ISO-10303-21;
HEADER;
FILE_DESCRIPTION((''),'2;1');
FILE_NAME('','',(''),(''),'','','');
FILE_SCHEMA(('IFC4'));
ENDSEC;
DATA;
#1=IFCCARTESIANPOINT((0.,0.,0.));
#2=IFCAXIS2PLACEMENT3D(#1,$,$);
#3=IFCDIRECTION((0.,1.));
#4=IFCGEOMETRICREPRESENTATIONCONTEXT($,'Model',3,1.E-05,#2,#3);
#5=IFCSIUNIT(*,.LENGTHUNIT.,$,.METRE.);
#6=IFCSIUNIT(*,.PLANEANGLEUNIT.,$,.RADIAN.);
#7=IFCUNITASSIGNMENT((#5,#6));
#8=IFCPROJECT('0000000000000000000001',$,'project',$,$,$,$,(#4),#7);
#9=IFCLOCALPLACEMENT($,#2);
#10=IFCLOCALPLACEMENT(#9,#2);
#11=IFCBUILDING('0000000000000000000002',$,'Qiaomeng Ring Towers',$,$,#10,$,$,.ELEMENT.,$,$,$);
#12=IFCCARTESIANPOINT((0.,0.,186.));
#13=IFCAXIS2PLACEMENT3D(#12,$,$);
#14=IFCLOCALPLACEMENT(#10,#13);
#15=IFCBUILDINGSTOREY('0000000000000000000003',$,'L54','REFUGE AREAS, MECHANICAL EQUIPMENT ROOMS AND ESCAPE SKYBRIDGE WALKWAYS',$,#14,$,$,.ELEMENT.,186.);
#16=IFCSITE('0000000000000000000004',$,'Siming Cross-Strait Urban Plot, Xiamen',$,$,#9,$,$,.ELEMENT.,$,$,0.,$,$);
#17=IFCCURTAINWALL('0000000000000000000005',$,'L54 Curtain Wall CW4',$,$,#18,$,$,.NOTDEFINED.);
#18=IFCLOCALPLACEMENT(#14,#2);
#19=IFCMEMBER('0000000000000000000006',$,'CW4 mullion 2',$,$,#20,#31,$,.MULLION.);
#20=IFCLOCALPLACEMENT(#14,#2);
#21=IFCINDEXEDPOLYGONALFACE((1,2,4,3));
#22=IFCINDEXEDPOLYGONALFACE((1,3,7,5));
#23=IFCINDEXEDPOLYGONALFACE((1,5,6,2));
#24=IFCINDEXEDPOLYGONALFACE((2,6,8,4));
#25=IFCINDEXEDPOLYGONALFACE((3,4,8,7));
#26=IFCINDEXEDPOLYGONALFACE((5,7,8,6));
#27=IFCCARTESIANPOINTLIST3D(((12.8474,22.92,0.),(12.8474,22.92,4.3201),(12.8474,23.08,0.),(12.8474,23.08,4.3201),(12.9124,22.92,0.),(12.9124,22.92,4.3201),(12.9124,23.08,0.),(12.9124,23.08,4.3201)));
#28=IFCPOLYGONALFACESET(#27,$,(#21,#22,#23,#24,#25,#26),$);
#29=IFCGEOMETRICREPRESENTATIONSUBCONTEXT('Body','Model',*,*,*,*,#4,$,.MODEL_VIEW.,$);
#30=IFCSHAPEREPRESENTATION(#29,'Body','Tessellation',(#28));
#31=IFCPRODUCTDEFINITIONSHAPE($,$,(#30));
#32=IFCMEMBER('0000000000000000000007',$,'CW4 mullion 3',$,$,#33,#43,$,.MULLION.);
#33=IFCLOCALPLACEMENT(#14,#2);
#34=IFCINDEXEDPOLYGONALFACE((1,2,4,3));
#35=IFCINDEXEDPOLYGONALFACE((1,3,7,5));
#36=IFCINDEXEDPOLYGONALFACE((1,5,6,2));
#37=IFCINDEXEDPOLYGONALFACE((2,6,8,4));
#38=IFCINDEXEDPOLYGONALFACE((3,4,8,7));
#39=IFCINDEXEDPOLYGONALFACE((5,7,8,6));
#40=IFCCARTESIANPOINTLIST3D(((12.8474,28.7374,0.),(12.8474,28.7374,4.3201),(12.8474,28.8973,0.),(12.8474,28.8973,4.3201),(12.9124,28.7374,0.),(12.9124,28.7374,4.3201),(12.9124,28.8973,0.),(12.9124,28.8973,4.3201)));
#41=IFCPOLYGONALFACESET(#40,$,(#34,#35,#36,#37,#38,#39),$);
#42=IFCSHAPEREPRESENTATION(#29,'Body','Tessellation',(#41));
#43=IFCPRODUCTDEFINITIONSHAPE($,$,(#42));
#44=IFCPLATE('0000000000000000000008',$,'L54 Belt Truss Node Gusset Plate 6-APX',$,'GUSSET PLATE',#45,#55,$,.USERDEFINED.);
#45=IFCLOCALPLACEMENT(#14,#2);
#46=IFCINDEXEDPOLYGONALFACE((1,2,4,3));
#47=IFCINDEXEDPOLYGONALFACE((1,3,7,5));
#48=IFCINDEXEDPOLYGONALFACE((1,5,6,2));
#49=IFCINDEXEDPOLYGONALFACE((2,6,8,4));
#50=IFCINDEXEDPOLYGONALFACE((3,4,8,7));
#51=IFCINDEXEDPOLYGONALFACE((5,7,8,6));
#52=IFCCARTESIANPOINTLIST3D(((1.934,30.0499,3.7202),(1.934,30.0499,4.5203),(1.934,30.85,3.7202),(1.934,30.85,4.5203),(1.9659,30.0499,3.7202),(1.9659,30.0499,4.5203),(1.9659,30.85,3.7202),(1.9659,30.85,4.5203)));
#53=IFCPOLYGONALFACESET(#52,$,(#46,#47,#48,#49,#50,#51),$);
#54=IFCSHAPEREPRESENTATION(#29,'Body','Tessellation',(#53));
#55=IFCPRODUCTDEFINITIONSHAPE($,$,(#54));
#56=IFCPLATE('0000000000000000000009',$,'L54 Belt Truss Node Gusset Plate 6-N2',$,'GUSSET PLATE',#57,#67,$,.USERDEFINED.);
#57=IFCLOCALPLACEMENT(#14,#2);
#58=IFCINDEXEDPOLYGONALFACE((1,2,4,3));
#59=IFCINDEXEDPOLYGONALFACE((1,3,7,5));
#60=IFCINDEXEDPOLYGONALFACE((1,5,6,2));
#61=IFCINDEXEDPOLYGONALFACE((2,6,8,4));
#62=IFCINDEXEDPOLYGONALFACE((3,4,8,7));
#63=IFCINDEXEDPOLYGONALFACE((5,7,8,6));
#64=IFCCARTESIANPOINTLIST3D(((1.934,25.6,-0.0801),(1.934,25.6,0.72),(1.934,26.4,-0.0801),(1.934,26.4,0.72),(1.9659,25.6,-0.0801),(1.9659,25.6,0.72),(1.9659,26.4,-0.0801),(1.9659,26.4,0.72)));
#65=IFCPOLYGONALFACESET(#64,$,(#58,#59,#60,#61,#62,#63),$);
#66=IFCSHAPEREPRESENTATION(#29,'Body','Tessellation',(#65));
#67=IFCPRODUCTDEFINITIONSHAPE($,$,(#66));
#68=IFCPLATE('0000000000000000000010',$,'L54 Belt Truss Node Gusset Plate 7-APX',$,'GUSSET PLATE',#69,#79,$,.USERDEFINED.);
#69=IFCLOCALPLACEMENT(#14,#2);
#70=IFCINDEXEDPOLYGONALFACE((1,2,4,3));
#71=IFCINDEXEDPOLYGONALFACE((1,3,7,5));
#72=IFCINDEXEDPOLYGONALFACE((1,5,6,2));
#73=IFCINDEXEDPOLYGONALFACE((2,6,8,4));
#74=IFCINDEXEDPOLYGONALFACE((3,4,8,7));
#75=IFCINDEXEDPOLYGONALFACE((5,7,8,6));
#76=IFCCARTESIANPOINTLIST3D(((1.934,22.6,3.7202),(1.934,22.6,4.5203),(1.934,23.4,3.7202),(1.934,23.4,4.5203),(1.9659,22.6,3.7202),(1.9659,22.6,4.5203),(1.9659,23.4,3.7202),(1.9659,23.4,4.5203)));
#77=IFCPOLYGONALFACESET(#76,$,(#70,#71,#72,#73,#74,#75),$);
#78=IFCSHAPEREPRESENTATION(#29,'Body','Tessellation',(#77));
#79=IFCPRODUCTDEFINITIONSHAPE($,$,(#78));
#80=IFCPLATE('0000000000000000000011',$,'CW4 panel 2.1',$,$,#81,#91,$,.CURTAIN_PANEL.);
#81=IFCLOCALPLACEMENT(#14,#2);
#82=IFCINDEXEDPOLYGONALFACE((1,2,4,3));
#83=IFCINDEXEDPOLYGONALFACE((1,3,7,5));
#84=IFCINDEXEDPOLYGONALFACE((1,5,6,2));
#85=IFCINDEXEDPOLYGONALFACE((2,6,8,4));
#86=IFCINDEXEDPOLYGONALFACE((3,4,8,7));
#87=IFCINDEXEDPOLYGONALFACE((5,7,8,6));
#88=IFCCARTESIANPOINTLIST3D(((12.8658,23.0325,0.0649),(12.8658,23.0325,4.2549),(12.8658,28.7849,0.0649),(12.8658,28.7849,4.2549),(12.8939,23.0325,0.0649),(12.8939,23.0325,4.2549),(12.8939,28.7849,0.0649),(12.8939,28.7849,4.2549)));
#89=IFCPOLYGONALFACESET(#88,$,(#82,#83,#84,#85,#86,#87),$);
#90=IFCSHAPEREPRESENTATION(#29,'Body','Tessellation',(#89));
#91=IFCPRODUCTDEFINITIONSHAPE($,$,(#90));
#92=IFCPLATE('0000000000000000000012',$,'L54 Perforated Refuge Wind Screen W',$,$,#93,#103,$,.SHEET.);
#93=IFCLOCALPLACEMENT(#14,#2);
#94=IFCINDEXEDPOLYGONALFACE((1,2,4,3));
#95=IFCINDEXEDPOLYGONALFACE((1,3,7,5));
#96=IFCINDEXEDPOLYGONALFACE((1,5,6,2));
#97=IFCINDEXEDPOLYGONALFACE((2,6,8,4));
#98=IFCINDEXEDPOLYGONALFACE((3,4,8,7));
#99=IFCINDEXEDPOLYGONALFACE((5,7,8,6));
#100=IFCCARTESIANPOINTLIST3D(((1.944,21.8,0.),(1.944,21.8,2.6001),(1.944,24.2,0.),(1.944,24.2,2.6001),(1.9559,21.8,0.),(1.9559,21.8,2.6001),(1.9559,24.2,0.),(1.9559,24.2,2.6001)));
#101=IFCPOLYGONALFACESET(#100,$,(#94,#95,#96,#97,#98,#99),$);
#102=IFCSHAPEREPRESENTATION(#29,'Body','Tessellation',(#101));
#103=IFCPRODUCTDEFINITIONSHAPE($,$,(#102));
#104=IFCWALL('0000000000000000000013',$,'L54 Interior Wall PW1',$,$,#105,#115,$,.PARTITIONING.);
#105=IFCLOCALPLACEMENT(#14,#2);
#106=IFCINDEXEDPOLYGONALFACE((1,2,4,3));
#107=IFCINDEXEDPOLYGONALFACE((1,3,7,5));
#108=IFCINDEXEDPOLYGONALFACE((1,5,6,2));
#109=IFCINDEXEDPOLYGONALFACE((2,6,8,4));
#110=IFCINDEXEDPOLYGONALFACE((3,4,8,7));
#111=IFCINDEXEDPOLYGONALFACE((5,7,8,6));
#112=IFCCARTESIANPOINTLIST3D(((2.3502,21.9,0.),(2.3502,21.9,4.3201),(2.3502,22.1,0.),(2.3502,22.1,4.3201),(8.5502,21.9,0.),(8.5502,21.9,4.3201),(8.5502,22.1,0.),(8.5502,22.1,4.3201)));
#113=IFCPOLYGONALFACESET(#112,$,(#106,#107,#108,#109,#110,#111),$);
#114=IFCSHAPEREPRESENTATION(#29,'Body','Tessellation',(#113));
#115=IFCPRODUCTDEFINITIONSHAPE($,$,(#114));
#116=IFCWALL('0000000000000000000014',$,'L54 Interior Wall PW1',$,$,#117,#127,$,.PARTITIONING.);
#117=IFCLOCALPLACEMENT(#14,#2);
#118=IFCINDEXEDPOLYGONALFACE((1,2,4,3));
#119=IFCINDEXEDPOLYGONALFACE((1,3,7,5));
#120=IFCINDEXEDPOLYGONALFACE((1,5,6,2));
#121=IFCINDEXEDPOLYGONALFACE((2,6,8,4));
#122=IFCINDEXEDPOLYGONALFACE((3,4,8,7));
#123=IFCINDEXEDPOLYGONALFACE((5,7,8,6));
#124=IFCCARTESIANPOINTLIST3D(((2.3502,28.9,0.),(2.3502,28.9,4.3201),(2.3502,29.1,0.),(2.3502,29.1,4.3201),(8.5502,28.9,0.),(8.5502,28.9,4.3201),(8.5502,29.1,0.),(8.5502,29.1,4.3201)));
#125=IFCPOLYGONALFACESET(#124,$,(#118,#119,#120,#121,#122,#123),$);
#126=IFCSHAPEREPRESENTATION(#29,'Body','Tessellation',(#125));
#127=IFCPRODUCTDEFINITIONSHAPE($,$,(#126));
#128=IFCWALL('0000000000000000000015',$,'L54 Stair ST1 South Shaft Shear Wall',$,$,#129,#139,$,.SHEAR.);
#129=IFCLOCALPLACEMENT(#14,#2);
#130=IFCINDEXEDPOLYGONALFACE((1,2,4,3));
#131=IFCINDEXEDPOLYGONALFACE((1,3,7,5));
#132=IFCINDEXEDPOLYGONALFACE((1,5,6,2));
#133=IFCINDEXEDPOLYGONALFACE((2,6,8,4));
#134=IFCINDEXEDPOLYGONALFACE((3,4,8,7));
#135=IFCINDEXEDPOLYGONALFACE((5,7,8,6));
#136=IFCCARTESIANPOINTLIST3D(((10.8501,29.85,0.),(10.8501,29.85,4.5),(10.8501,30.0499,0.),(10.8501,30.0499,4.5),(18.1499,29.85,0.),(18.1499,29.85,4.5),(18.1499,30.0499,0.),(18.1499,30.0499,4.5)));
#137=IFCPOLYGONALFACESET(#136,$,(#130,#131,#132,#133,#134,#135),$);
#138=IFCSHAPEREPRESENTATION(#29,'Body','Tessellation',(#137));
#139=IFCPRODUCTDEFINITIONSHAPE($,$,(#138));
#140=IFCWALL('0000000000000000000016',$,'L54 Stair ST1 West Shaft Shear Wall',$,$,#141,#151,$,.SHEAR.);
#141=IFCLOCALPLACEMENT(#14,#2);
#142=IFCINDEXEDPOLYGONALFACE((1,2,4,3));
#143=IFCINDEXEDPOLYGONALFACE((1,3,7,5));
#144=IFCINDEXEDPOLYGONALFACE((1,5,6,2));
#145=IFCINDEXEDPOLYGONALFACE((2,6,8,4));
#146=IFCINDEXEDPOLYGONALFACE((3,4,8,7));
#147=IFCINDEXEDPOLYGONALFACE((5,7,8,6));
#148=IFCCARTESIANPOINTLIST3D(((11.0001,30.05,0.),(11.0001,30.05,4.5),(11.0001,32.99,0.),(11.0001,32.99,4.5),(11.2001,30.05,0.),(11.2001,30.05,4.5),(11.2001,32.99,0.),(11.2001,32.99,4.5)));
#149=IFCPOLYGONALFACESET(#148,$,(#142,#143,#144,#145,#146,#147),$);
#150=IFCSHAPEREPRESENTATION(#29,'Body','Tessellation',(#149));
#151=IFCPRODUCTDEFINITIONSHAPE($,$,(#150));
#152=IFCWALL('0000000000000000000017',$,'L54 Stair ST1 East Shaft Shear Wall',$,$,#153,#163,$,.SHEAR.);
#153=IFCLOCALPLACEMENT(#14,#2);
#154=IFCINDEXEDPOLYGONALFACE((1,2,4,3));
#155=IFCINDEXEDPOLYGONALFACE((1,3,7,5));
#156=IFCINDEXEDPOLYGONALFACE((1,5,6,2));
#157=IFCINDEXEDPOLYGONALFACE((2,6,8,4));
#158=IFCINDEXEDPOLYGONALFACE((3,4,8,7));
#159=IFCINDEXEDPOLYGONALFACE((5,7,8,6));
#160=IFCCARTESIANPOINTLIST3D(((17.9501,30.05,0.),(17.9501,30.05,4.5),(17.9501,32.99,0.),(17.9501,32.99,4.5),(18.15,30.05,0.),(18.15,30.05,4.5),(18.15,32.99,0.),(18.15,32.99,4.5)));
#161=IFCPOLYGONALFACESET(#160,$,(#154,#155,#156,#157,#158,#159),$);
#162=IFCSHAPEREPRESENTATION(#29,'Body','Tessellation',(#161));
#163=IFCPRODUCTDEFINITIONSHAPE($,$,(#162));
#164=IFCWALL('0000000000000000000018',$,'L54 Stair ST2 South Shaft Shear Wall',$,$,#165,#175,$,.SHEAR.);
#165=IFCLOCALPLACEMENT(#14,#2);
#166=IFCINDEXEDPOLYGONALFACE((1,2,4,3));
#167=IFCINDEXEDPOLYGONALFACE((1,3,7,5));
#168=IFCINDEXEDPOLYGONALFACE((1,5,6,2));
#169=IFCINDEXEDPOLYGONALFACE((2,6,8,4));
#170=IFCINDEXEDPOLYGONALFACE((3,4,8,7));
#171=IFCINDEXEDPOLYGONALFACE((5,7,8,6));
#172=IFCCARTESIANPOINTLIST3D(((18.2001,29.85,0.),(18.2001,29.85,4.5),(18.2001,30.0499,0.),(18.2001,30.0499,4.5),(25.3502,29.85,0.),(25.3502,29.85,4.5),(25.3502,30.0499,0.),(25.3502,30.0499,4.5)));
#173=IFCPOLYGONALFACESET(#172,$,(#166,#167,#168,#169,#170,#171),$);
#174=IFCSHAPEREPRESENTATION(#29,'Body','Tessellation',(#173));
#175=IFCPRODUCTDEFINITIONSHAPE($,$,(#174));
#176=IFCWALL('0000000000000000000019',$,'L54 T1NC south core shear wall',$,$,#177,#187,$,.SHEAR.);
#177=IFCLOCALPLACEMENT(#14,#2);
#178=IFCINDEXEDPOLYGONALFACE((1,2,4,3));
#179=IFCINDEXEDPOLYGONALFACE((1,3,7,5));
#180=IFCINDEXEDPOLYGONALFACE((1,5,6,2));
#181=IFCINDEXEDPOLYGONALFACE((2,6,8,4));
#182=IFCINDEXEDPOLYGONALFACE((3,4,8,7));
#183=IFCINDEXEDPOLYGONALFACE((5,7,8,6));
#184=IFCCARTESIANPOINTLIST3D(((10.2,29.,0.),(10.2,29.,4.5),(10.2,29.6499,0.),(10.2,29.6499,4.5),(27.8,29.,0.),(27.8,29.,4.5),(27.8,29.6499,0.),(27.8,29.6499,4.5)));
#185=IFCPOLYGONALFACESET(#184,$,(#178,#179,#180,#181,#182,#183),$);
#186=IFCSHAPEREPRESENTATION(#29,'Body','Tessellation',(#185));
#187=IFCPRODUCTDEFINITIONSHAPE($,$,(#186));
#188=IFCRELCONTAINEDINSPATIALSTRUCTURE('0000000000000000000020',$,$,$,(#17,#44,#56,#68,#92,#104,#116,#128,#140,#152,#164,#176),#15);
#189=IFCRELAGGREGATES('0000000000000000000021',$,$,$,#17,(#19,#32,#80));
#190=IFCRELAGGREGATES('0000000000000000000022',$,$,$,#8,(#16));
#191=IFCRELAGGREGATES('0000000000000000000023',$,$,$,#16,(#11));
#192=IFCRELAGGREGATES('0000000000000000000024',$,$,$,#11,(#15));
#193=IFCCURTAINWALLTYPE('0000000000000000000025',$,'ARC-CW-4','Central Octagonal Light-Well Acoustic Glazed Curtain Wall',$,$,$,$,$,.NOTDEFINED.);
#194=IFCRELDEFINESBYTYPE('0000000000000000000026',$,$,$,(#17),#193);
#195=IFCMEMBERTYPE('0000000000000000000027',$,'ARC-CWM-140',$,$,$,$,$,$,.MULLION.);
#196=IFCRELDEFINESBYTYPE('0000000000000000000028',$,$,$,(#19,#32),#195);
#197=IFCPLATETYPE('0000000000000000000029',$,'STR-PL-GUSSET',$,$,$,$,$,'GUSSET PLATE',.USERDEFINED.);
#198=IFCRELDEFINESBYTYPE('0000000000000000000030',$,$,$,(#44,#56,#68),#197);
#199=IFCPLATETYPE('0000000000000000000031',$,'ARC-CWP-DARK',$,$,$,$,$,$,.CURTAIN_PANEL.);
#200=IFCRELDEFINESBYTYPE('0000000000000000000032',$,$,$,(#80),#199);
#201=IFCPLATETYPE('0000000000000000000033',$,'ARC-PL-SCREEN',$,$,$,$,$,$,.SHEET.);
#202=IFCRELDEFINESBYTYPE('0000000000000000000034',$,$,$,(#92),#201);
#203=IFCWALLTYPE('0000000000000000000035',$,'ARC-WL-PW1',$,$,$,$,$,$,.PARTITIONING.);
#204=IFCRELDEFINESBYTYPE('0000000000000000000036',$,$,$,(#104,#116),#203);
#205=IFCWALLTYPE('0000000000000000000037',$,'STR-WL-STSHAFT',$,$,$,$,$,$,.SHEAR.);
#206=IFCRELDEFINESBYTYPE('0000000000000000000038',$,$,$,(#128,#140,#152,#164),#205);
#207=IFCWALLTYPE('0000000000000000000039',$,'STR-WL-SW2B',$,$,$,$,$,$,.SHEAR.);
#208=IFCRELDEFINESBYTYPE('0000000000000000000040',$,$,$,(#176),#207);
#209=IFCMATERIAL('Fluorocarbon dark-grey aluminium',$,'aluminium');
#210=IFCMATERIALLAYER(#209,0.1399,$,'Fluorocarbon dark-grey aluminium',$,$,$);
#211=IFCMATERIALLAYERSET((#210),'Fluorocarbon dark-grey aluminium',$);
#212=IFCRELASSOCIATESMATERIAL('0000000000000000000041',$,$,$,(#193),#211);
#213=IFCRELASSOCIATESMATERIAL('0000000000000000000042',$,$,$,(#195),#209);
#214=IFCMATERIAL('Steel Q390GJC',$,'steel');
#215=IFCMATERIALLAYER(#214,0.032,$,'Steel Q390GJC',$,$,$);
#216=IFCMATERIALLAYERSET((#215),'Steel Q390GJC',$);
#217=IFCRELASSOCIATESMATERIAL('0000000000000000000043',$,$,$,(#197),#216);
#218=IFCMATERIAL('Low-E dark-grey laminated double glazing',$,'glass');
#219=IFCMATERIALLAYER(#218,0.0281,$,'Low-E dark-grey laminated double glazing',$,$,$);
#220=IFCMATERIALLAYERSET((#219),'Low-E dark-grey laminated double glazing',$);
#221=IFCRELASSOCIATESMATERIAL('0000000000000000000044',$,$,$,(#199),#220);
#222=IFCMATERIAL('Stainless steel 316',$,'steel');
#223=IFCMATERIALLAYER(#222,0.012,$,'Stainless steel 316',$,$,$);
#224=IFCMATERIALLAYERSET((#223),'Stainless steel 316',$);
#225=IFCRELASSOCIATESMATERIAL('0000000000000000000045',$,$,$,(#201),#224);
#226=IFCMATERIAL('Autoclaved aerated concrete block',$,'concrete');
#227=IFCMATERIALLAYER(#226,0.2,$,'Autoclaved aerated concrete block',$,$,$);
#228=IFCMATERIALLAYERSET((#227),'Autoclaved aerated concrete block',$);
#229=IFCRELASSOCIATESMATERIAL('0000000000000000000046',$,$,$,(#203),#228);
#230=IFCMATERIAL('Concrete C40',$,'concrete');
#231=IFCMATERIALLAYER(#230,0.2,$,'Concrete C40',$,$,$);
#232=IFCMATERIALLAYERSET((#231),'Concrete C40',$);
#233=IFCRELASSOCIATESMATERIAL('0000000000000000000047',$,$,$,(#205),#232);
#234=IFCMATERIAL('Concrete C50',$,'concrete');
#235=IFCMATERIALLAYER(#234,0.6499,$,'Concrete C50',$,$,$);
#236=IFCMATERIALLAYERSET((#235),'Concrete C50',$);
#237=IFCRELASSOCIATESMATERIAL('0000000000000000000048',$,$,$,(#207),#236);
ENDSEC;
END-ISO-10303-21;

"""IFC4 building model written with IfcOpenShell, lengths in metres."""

from ifc_helpers import new_model, si_unit, direction, frame, frame_2d, origin, origin_2d, place, context, subcontext, project, spatial, rectangle, extrude, source, transform, mapped, material, layer, layer_set, material_profile, profile_set, type_object, element, aggregate, save


model = new_model("IFC4")

# Units and contexts
model_context = context("Model", 3, precision=1e-05, world=origin(), true_north=direction((0.0, 1.0)))
body_context = subcontext(model_context, "Body", "Model", "MODEL_VIEW")
ifc_project = project(units=[si_unit("LENGTHUNIT", "METRE"), si_unit("PLANEANGLEUNIT", "RADIAN")], contexts=[model_context])

# Site, building, storey
site_placement = place(None, origin())
site = spatial("IfcSite", under=ifc_project, at=site_placement, Name="Siming Cross-Strait Urban Plot, Xiamen", CompositionType="ELEMENT", RefElevation=0.0)
building_placement = place(site_placement, origin())
building = spatial("IfcBuilding", under=site, at=building_placement, Name="Qiaomeng Ring Towers", CompositionType="ELEMENT")
storey_placement = place(building_placement, frame((0.0, 0.0, 186.0)))
storey = spatial("IfcBuildingStorey", under=building, at=storey_placement, Name="L54", Description="REFUGE AREAS, MECHANICAL EQUIPMENT ROOMS AND ESCAPE SKYBRIDGE WALKWAYS", CompositionType="ELEMENT", Elevation=186.0)

# Shared definitions
ifc_material_1 = material(Name="Concrete C50", Category="concrete")

# Shared definitions
ifc_material_2 = material(Name="Steel Q390GJC", Category="steel")

# Curtain wall, members
ifc_material_3 = material(Name="Fluorocarbon dark-grey aluminium", Category="aluminium")
ifc_layer_1 = layer(ifc_material_3, 0.1399, Name="Fluorocarbon dark-grey aluminium")
ifc_layer_set_1 = layer_set([ifc_layer_1], Name="Fluorocarbon dark-grey aluminium")
curtain_wall_type = type_object("IfcCurtainWallType", Name="ARC-CW-4", Description="Central Octagonal Light-Well Acoustic Glazed Curtain Wall", PredefinedType="NOTDEFINED", material=ifc_layer_set_1)
curtain_wall_placement = place(storey_placement, origin())
curtain_wall = element("IfcCurtainWall", 1, at=curtain_wall_placement, inside=storey, type_object=curtain_wall_type, Name="L54 Curtain Wall CW4", PredefinedType="NOTDEFINED")
ifc_material_profile_1 = material_profile(ifc_material_3, rectangle(XDim=0.0649, YDim=0.1599, at=origin_2d()), Name="ALU MULL 65x160")
ifc_profile_set_1 = profile_set([ifc_material_profile_1], Name="Fluorocarbon dark-grey aluminium")
member_type_1 = type_object("IfcMemberType", Name="ARC-CWM-140", PredefinedType="MULLION", material=ifc_profile_set_1)
shared_shape_1 = source(origin(), body_context, "Body", "SweptSolid", [
    extrude(rectangle(XDim=0.0649, YDim=0.1599, at=origin_2d()), origin(), (0.0, 0.0, 1.0), 4.3201),
])
member_1_placement = place(storey_placement, frame((12.8799, 23.0, 0.0), z_axis=(0.0, 0.0, 1.0), x_axis=(-1.0, 0.0, 0.0)))
member_1 = element("IfcMember", 2, at=member_1_placement, type_object=member_type_1, Name="CW4 mullion 2", PredefinedType="MULLION", context=body_context, shape_type="MappedRepresentation", body=[
    mapped(shared_shape_1, transform((0.0, 0.0, 0.0), x_axis=(1.0, 0.0, 0.0), y_axis=(0.0, 1.0, 0.0), z_axis=(0.0, 0.0, 1.0), scale=1.0)),
])
member_2_placement = place(storey_placement, frame((12.8799, 28.8174, 0.0), z_axis=(0.0, 0.0, 1.0), x_axis=(-1.0, 0.0, 0.0)))
member_2 = element("IfcMember", 3, at=member_2_placement, type_object=member_type_1, Name="CW4 mullion 3", PredefinedType="MULLION", context=body_context, shape_type="MappedRepresentation", body=[
    mapped(shared_shape_1, transform((0.0, 0.0, 0.0), x_axis=(1.0, 0.0, 0.0), y_axis=(0.0, 1.0, 0.0), z_axis=(0.0, 0.0, 1.0), scale=1.0)),
])

# Plates
ifc_layer_2 = layer(ifc_material_2, 0.032, Name="Steel Q390GJC")
ifc_layer_set_2 = layer_set([ifc_layer_2], Name="Steel Q390GJC")
plate_type_1 = type_object("IfcPlateType", Name="STR-PL-GUSSET", ElementType="GUSSET PLATE", PredefinedType="USERDEFINED", material=ifc_layer_set_2)
shared_shape_2 = source(origin(), body_context, "Body", "SweptSolid", [
    extrude(rectangle(XDim=0.8, YDim=0.032, at=origin_2d()), origin(), (0.0, 0.0, 1.0), 0.8),
])
for number, where, z_axis, x_axis, name in (
    (4, (1.95, 30.45, 3.7202), (0.0, 0.0, 1.0), (0.0, -1.0, 0.0), "L54 Belt Truss Node Gusset Plate 6-APX"),
    (5, (1.95, 26.0, -0.0801), (0.0, 0.0, 1.0), (0.0, -1.0, 0.0), "L54 Belt Truss Node Gusset Plate 6-N2"),
    (6, (1.95, 23.0, 3.7202), (0.0, 0.0, 1.0), (0.0, -1.0, 0.0), "L54 Belt Truss Node Gusset Plate 7-APX"),
):
    element("IfcPlate", number, at=place(storey_placement, frame(where, z_axis=z_axis, x_axis=x_axis)), inside=storey, type_object=plate_type_1, Name=name, ObjectType="GUSSET PLATE", PredefinedType="USERDEFINED", context=body_context, shape_type="MappedRepresentation", body=[
        mapped(shared_shape_2, transform((0.0, 0.0, 0.0), x_axis=(1.0, 0.0, 0.0), y_axis=(0.0, 1.0, 0.0), z_axis=(0.0, 0.0, 1.0), scale=1.0)),
    ])

# Plates
ifc_material_4 = material(Name="Low-E dark-grey laminated double glazing", Category="glass")
ifc_layer_3 = layer(ifc_material_4, 0.0281, Name="Low-E dark-grey laminated double glazing")
ifc_layer_set_3 = layer_set([ifc_layer_3], Name="Low-E dark-grey laminated double glazing")
plate_type_2 = type_object("IfcPlateType", Name="ARC-CWP-DARK", PredefinedType="CURTAIN_PANEL", material=ifc_layer_set_3)
shared_shape_3 = source(origin(), body_context, "Body", "SweptSolid", [
    extrude(rectangle(XDim=5.7524, YDim=0.0281, at=origin_2d()), origin(), (0.0, 0.0, 1.0), 4.1899),
])
plate_1_placement = place(storey_placement, frame((12.8799, 25.9087, 0.0649), z_axis=(0.0, 0.0, 1.0), x_axis=(0.0, 1.0, 0.0)))
plate_1 = element("IfcPlate", 7, at=plate_1_placement, type_object=plate_type_2, Name="CW4 panel 2.1", PredefinedType="CURTAIN_PANEL", context=body_context, shape_type="MappedRepresentation", body=[
    mapped(shared_shape_3, transform((0.0, 0.0, 0.0), x_axis=(1.0, 0.0, 0.0), y_axis=(0.0, 1.0, 0.0), z_axis=(0.0, 0.0, 1.0), scale=1.0)),
])
aggregate(curtain_wall, [member_1, member_2, plate_1])
ifc_material_5 = material(Name="Stainless steel 316", Category="steel")
ifc_layer_4 = layer(ifc_material_5, 0.012, Name="Stainless steel 316")
ifc_layer_set_4 = layer_set([ifc_layer_4], Name="Stainless steel 316")
plate_type_3 = type_object("IfcPlateType", Name="ARC-PL-SCREEN", PredefinedType="SHEET", material=ifc_layer_set_4)
shared_shape_4 = source(origin(), body_context, "Body", "SweptSolid", [
    extrude(rectangle(XDim=2.3999, YDim=0.012, at=origin_2d()), origin(), (0.0, 0.0, 1.0), 2.6001),
])
plate_2_placement = place(storey_placement, frame((1.95, 23.0, 0.0), z_axis=(0.0, 0.0, 1.0), x_axis=(0.0, -1.0, 0.0)))
element("IfcPlate", 8, at=plate_2_placement, inside=storey, type_object=plate_type_3, Name="L54 Perforated Refuge Wind Screen W", PredefinedType="SHEET", context=body_context, shape_type="MappedRepresentation", body=[
    mapped(shared_shape_4, transform((0.0, 0.0, 0.0), x_axis=(1.0, 0.0, 0.0), y_axis=(0.0, 1.0, 0.0), z_axis=(0.0, 0.0, 1.0), scale=1.0)),
])

# Walls
ifc_material_6 = material(Name="Autoclaved aerated concrete block", Category="concrete")
ifc_layer_5 = layer(ifc_material_6, 0.2, Name="Autoclaved aerated concrete block")
ifc_layer_set_5 = layer_set([ifc_layer_5], Name="Autoclaved aerated concrete block")
wall_type_1 = type_object("IfcWallType", Name="ARC-WL-PW1", PredefinedType="PARTITIONING", material=ifc_layer_set_5)
for number, where, z_axis, x_axis, name in (
    (9, (2.3501, 22.0, 0.0), (0.0, 0.0, 1.0), (1.0, 0.0, 0.0), "L54 Interior Wall PW1"),
    (10, (2.3501, 29.0, 0.0), (0.0, 0.0, 1.0), (1.0, 0.0, 0.0), "L54 Interior Wall PW1"),
):
    element("IfcWall", number, at=place(storey_placement, frame(where, z_axis=z_axis, x_axis=x_axis)), inside=storey, type_object=wall_type_1, Name=name, PredefinedType="PARTITIONING", context=body_context, shape_type="SweptSolid", body=[
        extrude(rectangle(XDim=6.2, YDim=0.2, at=frame_2d((3.1001, 0.0))), origin(), (0.0, 0.0, 1.0), 4.3201),
    ])
ifc_material_7 = material(Name="Concrete C40", Category="concrete")
ifc_layer_6 = layer(ifc_material_7, 0.2, Name="Concrete C40")
ifc_layer_set_6 = layer_set([ifc_layer_6], Name="Concrete C40")
wall_type_2 = type_object("IfcWallType", Name="STR-WL-STSHAFT", PredefinedType="SHEAR", material=ifc_layer_set_6)
wall_1_placement = place(storey_placement, frame((10.8501, 29.95, 0.0), z_axis=(0.0, 0.0, 1.0), x_axis=(1.0, 0.0, 0.0)))
element("IfcWall", 11, at=wall_1_placement, inside=storey, type_object=wall_type_2, Name="L54 Stair ST1 South Shaft Shear Wall", PredefinedType="SHEAR", context=body_context, shape_type="SweptSolid", body=[
    extrude(rectangle(XDim=7.2998, YDim=0.2, at=frame_2d((3.6499, 0.0))), origin(), (0.0, 0.0, 1.0), 4.5),
])
for number, where, z_axis, x_axis, name in (
    (12, (11.1001, 30.05, 0.0), (0.0, 0.0, 1.0), (0.0, 1.0, 0.0), "L54 Stair ST1 West Shaft Shear Wall"),
    (13, (18.05, 30.05, 0.0), (0.0, 0.0, 1.0), (0.0, 1.0, 0.0), "L54 Stair ST1 East Shaft Shear Wall"),
):
    element("IfcWall", number, at=place(storey_placement, frame(where, z_axis=z_axis, x_axis=x_axis)), inside=storey, type_object=wall_type_2, Name=name, PredefinedType="SHEAR", context=body_context, shape_type="SweptSolid", body=[
        extrude(rectangle(XDim=2.9399, YDim=0.2, at=frame_2d((1.47, 0.0))), origin(), (0.0, 0.0, 1.0), 4.5),
    ])
wall_2_placement = place(storey_placement, frame((18.2, 29.95, 0.0), z_axis=(0.0, 0.0, 1.0), x_axis=(1.0, 0.0, 0.0)))
element("IfcWall", 14, at=wall_2_placement, inside=storey, type_object=wall_type_2, Name="L54 Stair ST2 South Shaft Shear Wall", PredefinedType="SHEAR", context=body_context, shape_type="SweptSolid", body=[
    extrude(rectangle(XDim=7.1501, YDim=0.2, at=frame_2d((3.5752, 0.0))), origin(), (0.0, 0.0, 1.0), 4.5),
])
ifc_layer_7 = layer(ifc_material_1, 0.6499, Name="Concrete C50")
ifc_layer_set_7 = layer_set([ifc_layer_7], Name="Concrete C50")
wall_type_3 = type_object("IfcWallType", Name="STR-WL-SW2B", PredefinedType="SHEAR", material=ifc_layer_set_7)
wall_3_placement = place(storey_placement, frame((10.2, 29.325, 0.0), z_axis=(0.0, 0.0, 1.0), x_axis=(1.0, 0.0, 0.0)))
element("IfcWall", 15, at=wall_3_placement, inside=storey, type_object=wall_type_3, Name="L54 T1NC south core shear wall", PredefinedType="SHEAR", context=body_context, shape_type="SweptSolid", body=[
    extrude(rectangle(XDim=17.6001, YDim=0.6499, at=frame_2d((8.8, 0.0))), origin(), (0.0, 0.0, 1.0), 4.5),
])

save(model, "model.ifc")
